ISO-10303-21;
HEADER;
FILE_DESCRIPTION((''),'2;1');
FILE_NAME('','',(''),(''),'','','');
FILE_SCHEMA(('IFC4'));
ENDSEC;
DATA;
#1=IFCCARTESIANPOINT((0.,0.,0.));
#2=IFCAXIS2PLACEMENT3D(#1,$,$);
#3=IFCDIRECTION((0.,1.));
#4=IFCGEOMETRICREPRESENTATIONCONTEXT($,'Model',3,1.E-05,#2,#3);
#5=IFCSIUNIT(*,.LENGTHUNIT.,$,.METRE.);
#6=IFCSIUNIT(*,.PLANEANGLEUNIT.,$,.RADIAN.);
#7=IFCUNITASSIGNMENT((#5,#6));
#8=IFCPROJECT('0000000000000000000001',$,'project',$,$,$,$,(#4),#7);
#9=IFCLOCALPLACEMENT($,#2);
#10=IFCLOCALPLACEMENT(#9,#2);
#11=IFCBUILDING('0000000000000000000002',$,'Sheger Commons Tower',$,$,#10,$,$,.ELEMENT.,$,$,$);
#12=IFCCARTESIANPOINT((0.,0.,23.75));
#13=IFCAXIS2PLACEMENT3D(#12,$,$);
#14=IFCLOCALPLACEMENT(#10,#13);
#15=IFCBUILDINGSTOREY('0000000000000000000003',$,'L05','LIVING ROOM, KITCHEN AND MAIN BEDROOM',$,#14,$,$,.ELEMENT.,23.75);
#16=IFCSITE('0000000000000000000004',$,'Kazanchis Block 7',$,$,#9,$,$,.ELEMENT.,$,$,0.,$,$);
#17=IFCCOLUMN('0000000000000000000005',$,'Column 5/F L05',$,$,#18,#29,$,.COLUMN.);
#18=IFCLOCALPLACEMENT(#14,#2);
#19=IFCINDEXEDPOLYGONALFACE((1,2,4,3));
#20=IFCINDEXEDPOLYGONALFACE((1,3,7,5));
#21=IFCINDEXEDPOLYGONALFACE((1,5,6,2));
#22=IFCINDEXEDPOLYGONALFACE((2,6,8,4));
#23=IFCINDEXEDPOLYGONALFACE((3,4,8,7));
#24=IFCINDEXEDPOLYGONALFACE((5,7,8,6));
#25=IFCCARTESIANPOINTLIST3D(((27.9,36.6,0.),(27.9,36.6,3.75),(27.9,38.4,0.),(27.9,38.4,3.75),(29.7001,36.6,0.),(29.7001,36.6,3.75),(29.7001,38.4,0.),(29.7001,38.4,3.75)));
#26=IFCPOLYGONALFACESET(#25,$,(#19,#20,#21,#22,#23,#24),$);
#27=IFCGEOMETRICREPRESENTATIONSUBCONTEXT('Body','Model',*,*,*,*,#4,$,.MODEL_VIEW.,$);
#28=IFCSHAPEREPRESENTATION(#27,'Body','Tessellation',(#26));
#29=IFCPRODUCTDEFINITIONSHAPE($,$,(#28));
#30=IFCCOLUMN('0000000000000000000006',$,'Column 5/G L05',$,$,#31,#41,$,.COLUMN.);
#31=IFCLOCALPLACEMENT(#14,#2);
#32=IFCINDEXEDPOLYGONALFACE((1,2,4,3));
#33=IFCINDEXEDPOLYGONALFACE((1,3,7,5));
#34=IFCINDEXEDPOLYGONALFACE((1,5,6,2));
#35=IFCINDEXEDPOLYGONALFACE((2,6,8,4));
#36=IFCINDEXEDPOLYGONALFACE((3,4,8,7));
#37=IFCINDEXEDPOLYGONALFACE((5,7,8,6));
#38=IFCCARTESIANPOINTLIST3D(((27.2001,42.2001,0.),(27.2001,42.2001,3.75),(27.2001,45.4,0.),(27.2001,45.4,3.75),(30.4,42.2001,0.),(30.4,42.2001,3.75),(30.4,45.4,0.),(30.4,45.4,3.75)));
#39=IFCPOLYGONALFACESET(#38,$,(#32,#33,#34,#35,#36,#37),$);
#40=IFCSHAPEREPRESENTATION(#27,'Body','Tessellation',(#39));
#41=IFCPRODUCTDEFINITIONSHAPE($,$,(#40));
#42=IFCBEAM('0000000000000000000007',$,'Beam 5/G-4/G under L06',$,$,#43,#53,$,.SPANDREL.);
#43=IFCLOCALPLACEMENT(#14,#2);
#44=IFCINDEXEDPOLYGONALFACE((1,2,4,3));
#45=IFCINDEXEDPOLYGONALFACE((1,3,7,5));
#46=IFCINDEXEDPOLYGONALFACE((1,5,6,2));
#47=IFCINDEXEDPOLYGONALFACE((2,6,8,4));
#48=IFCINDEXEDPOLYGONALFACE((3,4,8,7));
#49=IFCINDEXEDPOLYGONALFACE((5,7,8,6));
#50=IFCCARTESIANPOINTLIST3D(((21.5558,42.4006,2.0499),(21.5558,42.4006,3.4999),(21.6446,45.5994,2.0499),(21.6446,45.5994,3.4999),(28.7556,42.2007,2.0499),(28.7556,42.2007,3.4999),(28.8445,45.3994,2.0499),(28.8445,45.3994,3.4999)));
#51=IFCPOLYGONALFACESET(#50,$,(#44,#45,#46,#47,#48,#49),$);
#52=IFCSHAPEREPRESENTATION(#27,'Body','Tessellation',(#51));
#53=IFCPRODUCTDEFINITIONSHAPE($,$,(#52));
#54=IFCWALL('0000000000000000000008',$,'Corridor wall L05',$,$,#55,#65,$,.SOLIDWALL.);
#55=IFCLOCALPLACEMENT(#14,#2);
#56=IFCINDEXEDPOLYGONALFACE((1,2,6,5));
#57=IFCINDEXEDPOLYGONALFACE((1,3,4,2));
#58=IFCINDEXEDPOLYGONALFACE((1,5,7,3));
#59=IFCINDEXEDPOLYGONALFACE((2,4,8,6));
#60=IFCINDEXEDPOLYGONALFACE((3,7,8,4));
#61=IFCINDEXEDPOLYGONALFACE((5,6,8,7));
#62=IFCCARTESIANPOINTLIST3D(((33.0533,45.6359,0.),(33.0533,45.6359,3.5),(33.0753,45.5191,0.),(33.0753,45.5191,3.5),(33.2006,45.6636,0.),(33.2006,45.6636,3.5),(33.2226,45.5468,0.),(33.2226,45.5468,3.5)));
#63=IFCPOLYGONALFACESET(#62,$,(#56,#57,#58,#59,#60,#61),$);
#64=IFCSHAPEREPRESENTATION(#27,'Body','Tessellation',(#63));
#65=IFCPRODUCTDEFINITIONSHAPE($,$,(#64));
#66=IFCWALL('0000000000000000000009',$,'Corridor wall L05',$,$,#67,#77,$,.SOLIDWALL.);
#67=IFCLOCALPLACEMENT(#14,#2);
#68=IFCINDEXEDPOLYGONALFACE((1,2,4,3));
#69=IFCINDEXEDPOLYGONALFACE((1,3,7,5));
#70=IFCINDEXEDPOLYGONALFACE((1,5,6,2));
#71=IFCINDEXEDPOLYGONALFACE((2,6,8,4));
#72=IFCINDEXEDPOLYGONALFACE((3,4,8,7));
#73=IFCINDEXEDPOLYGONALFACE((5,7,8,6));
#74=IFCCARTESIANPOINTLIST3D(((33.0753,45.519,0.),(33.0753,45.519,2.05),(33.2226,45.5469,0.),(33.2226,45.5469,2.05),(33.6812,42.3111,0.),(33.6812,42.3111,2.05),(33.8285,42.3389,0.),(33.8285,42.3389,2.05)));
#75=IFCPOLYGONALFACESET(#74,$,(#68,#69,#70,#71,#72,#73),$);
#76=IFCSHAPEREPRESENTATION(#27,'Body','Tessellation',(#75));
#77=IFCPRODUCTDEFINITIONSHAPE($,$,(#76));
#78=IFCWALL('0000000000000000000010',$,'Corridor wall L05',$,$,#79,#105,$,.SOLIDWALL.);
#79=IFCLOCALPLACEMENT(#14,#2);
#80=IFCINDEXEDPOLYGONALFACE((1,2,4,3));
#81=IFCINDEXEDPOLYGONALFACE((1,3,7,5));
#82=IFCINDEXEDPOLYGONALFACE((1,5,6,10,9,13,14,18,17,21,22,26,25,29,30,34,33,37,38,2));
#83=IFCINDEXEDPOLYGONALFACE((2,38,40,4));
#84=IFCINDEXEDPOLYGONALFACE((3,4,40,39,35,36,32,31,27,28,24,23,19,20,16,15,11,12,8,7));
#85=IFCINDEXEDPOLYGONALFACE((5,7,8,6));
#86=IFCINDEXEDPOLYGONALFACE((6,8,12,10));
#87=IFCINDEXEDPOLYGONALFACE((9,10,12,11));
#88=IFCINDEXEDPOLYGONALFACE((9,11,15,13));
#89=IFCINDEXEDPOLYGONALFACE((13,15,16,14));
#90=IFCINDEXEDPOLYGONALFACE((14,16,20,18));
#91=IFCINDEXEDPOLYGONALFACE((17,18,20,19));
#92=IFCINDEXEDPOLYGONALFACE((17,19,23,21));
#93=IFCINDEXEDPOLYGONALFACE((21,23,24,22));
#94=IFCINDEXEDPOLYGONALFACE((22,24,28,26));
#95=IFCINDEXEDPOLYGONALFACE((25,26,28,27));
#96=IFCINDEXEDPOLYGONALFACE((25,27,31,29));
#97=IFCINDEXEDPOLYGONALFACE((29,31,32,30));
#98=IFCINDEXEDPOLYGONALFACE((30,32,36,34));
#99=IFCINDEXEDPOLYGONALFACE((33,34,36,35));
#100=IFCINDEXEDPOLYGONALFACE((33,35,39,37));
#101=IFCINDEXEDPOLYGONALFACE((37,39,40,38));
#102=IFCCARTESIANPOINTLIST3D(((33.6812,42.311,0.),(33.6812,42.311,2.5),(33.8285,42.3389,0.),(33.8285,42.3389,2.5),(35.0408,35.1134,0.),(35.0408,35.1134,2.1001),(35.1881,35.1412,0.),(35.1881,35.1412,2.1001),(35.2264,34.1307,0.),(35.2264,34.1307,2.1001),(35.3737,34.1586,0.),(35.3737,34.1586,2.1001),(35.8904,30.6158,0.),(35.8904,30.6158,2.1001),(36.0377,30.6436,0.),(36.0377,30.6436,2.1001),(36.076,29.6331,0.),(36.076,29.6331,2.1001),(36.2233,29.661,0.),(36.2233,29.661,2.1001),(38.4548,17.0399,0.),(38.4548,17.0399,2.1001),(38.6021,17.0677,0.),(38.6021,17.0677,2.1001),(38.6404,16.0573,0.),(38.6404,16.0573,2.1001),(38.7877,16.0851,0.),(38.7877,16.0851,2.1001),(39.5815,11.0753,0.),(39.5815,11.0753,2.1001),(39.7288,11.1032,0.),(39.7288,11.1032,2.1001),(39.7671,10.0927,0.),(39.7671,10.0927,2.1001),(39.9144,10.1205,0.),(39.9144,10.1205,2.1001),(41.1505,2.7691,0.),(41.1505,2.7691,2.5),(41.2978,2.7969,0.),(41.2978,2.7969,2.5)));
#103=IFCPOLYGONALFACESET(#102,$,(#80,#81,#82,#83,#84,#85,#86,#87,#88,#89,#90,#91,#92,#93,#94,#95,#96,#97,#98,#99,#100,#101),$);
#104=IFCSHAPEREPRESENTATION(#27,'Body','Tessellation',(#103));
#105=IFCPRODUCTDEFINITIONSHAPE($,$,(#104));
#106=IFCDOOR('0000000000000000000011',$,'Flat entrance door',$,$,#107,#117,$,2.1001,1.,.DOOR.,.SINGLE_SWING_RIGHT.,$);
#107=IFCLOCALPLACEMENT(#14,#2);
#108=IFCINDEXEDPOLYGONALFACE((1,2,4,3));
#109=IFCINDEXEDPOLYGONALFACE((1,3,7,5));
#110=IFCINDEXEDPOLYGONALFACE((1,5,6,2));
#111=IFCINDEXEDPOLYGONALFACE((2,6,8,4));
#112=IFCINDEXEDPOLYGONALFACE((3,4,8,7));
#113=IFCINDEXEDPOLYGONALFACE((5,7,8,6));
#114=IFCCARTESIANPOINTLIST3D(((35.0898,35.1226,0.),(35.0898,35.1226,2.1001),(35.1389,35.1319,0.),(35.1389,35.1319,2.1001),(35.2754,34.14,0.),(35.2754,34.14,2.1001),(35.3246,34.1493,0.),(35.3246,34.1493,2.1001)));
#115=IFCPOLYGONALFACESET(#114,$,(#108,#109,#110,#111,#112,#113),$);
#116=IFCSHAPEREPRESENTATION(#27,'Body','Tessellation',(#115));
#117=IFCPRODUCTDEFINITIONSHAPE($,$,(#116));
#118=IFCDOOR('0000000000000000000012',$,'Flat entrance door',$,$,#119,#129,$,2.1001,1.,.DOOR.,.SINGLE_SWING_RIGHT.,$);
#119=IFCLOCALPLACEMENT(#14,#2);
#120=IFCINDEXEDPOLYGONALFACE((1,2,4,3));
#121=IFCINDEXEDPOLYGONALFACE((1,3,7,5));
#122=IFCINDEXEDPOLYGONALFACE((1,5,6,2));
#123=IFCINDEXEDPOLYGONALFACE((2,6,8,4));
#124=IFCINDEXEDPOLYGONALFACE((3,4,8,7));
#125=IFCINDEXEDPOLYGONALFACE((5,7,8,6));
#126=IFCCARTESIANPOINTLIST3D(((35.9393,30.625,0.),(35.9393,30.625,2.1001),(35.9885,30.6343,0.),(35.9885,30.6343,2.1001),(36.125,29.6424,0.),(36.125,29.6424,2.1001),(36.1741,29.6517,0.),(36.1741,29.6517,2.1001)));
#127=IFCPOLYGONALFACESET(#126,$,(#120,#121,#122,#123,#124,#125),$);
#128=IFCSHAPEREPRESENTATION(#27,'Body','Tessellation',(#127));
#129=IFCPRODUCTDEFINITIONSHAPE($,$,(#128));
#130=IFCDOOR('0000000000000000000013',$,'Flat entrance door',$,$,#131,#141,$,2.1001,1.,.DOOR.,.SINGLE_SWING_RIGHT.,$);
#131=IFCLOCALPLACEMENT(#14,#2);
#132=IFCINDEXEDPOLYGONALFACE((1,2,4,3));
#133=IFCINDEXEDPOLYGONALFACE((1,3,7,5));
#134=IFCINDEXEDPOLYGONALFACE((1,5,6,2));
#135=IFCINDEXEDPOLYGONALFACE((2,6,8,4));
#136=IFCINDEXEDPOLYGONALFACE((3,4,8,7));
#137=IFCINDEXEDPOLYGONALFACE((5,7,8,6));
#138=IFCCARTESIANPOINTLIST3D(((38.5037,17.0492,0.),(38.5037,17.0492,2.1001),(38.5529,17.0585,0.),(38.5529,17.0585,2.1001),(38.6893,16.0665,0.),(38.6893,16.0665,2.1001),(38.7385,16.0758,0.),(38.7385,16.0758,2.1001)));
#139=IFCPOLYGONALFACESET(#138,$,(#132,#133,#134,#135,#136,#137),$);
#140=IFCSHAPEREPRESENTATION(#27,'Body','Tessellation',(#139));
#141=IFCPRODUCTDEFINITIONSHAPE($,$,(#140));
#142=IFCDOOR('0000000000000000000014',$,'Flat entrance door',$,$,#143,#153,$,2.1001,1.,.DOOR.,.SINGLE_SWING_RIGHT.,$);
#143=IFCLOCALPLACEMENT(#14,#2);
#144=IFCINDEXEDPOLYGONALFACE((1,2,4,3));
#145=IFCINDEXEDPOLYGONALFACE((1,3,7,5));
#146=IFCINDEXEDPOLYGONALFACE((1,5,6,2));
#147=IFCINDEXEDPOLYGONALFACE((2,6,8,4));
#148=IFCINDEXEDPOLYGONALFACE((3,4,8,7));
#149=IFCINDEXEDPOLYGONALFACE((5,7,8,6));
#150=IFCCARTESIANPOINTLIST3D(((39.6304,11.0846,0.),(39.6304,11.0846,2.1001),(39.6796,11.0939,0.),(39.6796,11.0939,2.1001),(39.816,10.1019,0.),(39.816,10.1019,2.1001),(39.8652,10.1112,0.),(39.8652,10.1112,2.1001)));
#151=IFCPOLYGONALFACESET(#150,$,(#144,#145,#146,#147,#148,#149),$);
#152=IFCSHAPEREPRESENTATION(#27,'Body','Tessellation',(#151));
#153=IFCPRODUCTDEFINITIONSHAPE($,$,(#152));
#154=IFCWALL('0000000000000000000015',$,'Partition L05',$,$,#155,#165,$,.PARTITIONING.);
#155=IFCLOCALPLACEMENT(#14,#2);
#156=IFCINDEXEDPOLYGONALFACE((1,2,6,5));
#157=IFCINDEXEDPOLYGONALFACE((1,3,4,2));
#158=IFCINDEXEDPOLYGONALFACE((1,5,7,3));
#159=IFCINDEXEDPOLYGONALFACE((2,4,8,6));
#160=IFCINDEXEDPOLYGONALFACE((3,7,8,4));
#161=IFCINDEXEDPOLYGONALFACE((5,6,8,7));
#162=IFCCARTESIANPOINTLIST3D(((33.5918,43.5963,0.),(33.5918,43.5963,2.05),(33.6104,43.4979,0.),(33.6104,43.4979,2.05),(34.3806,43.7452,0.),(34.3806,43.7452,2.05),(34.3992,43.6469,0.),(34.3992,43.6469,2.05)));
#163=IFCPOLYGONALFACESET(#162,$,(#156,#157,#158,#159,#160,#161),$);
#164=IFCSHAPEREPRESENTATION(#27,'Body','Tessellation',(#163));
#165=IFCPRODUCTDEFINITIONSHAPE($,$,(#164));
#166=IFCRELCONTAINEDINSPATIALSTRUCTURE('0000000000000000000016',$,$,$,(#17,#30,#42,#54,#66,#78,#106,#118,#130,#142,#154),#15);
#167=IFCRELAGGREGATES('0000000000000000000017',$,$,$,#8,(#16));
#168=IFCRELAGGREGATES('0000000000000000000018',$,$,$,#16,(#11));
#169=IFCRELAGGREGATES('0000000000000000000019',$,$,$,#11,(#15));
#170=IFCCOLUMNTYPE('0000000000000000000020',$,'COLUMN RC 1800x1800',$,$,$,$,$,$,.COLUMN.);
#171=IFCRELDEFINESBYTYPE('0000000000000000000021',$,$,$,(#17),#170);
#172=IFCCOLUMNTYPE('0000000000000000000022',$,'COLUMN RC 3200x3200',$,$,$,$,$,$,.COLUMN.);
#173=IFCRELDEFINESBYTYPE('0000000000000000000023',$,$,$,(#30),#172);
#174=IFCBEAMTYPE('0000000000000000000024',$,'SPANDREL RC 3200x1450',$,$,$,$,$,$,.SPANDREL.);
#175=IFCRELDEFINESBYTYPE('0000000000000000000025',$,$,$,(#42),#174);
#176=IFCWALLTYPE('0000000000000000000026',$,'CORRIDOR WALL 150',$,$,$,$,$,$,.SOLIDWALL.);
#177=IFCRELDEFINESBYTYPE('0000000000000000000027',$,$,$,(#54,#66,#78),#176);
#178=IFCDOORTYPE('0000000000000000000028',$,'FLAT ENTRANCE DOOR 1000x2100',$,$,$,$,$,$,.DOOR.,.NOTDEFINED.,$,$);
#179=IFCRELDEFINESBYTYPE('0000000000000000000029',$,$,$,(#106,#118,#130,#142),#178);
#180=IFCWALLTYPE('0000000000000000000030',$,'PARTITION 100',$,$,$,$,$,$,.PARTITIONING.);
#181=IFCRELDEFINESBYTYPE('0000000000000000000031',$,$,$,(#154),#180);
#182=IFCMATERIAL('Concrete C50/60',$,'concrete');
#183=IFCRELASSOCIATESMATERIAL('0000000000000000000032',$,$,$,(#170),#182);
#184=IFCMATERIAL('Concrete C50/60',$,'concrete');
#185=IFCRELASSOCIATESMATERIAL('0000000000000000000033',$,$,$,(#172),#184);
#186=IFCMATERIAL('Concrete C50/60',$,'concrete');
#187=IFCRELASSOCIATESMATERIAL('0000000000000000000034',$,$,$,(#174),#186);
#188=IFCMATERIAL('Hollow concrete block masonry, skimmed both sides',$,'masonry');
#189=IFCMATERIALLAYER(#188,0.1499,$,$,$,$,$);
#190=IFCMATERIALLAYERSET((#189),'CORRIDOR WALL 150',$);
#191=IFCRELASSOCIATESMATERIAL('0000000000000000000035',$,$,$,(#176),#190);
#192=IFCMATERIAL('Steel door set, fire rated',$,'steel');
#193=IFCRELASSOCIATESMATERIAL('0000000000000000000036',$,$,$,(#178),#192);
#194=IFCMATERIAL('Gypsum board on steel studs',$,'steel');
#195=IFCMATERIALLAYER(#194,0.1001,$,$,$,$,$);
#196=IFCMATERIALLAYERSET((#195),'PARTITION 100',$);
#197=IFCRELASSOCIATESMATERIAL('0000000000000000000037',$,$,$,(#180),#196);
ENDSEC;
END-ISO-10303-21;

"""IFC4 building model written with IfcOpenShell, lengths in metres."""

from ifc_helpers import new_model, si_unit, direction, frame, frame_2d, origin, origin_2d, place, context, subcontext, project, spatial, rectangle, extrude, material, layer, layer_set, material_profile, profile_set, type_object, element, fill, save


model = new_model("IFC4")

# Units and contexts
model_context = context("Model", 3, precision=1e-05, world=origin(), true_north=direction((0.0, 1.0)))
body_context = subcontext(model_context, "Body", "Model", "MODEL_VIEW")
ifc_project = project(units=[si_unit("LENGTHUNIT", "METRE"), si_unit("PLANEANGLEUNIT", "RADIAN")], contexts=[model_context])

# Site, building, storey
site_placement = place(None, origin())
site = spatial("IfcSite", under=ifc_project, at=site_placement, Name="Kazanchis Block 7", CompositionType="ELEMENT", RefElevation=0.0)
building_placement = place(site_placement, origin())
building = spatial("IfcBuilding", under=site, at=building_placement, Name="Sheger Commons Tower", CompositionType="ELEMENT")
storey_placement = place(building_placement, frame((0.0, 0.0, 23.75)))
storey = spatial("IfcBuildingStorey", under=building, at=storey_placement, Name="L05", Description="LIVING ROOM, KITCHEN AND MAIN BEDROOM", CompositionType="ELEMENT", Elevation=23.75)

# Columns
ifc_material_1 = material(Name="Concrete C50/60", Category="concrete")
ifc_material_profile_1 = material_profile(ifc_material_1, rectangle(XDim=1.8, YDim=1.8, at=origin_2d()), Name="RC 1800x1800")
ifc_profile_set_1 = profile_set([ifc_material_profile_1], Name="Concrete C50/60")
column_type_1 = type_object("IfcColumnType", Name="COLUMN RC 1800x1800", PredefinedType="COLUMN", material=ifc_profile_set_1)
column_1_placement = place(storey_placement, frame((28.8, 37.5, 0.0), z_axis=(0.0, 0.0, 1.0), x_axis=(1.0, 0.0, 0.0)))
element("IfcColumn", 1, at=column_1_placement, inside=storey, type_object=column_type_1, Name="Column 5/F L05", PredefinedType="COLUMN", context=body_context, shape_type="SweptSolid", body=[
    extrude(rectangle(XDim=1.8, YDim=1.8, at=origin_2d()), origin(), (0.0, 0.0, 1.0), 3.75),
])
ifc_material_2 = material(Name="Concrete C50/60", Category="concrete")
ifc_material_profile_2 = material_profile(ifc_material_2, rectangle(XDim=3.2, YDim=3.2, at=origin_2d()), Name="RC 3200x3200")
ifc_profile_set_2 = profile_set([ifc_material_profile_2], Name="Concrete C50/60")
column_type_2 = type_object("IfcColumnType", Name="COLUMN RC 3200x3200", PredefinedType="COLUMN", material=ifc_profile_set_2)
column_2_placement = place(storey_placement, frame((28.8, 43.8, 0.0), z_axis=(0.0, 0.0, 1.0), x_axis=(1.0, 0.0, 0.0)))
element("IfcColumn", 2, at=column_2_placement, inside=storey, type_object=column_type_2, Name="Column 5/G L05", PredefinedType="COLUMN", context=body_context, shape_type="SweptSolid", body=[
    extrude(rectangle(XDim=3.2, YDim=3.2, at=origin_2d()), origin(), (0.0, 0.0, 1.0), 3.75),
])

# Beam
ifc_material_3 = material(Name="Concrete C50/60", Category="concrete")
ifc_material_profile_3 = material_profile(ifc_material_3, rectangle(XDim=3.2, YDim=1.45, at=origin_2d()), Name="RC 3200x1450")
ifc_profile_set_3 = profile_set([ifc_material_profile_3], Name="Concrete C50/60")
beam_type = type_object("IfcBeamType", Name="SPANDREL RC 3200x1450", PredefinedType="SPANDREL", material=ifc_profile_set_3)
beam_placement = place(storey_placement, frame((28.8, 43.8, 2.7749), z_axis=(-0.999615, 0.02776, 0.0), x_axis=(-0.02776, -0.999615, 0.0)))
element("IfcBeam", 3, at=beam_placement, inside=storey, type_object=beam_type, Name="Beam 5/G-4/G under L06", PredefinedType="SPANDREL", context=body_context, shape_type="SweptSolid", body=[
    extrude(rectangle(XDim=3.2, YDim=1.45, at=origin_2d()), origin(), (0.0, 0.0, 1.0), 7.2026),
])

# Walls
ifc_material_4 = material(Name="Hollow concrete block masonry, skimmed both sides", Category="masonry")
ifc_layer_1 = layer(ifc_material_4, 0.1499)
ifc_layer_set_1 = layer_set([ifc_layer_1], Name="CORRIDOR WALL 150")
wall_type_1 = type_object("IfcWallType", Name="CORRIDOR WALL 150", PredefinedType="SOLIDWALL", material=ifc_layer_set_1)
wall_1_placement = place(storey_placement, frame((33.127, 45.6499, 0.0), z_axis=(0.0, 0.0, 1.0), x_axis=(0.18466, -0.982802, 0.0)))
element("IfcWall", 4, at=wall_1_placement, inside=storey, type_object=wall_type_1, Name="Corridor wall L05", PredefinedType="SOLIDWALL", context=body_context, shape_type="SweptSolid", body=[
    extrude(rectangle(XDim=0.1189, YDim=0.1499, at=frame_2d((0.0596, 0.0))), origin(), (0.0, 0.0, 1.0), 3.5),
])
wall_2_placement = place(storey_placement, frame((33.1489, 45.533, 0.0), z_axis=(0.0, 0.0, 1.0), x_axis=(0.185607, -0.982624, 0.0)))
element("IfcWall", 5, at=wall_2_placement, inside=storey, type_object=wall_type_1, Name="Corridor wall L05", PredefinedType="SOLIDWALL", context=body_context, shape_type="SweptSolid", body=[
    extrude(rectangle(XDim=3.2646, YDim=0.1499, at=frame_2d((1.6323, 0.0))), origin(), (0.0, 0.0, 1.0), 2.05),
])

# Wall, openings, doors
wall_3_placement = place(storey_placement, frame((33.7549, 42.325, 0.0), z_axis=(0.0, 0.0, 1.0), x_axis=(0.185611, -0.982623, 0.0)))
wall_3 = element("IfcWall", 6, at=wall_3_placement, inside=storey, type_object=wall_type_1, Name="Corridor wall L05", PredefinedType="SOLIDWALL", context=body_context, shape_type="SweptSolid", body=[
    extrude(rectangle(XDim=40.2412, YDim=0.1499, at=frame_2d((20.1206, 0.0))), origin(), (0.0, 0.0, 1.0), 2.5),
])
opening_1_placement = place(wall_3_placement, frame((7.325, 0.0, 0.0)))
opening_1 = element("IfcOpeningElement", 7, at=opening_1_placement, cuts=wall_3, PredefinedType="OPENING", context=body_context, shape_type="SweptSolid", body=[
    extrude(rectangle(XDim=1.0, YDim=2.1001, at=frame_2d((0.5, 1.05))), frame((0.0, 0.085, 0.0), z_axis=(0.0, -1.0, 0.0), x_axis=(1.0, 0.0, 0.0)), (0.0, 0.0, 1.0), 0.1699),
])
opening_2_placement = place(wall_3_placement, frame((11.9021, 0.0, 0.0)))
opening_2 = element("IfcOpeningElement", 8, at=opening_2_placement, cuts=wall_3, PredefinedType="OPENING", context=body_context, shape_type="SweptSolid", body=[
    extrude(rectangle(XDim=1.0, YDim=2.1001, at=frame_2d((0.5, 1.05))), frame((0.0, 0.085, 0.0), z_axis=(0.0, -1.0, 0.0), x_axis=(1.0, 0.0, 0.0)), (0.0, 0.0, 1.0), 0.1699),
])
opening_3_placement = place(wall_3_placement, frame((25.718, 0.0, 0.0)))
opening_3 = element("IfcOpeningElement", 9, at=opening_3_placement, cuts=wall_3, PredefinedType="OPENING", context=body_context, shape_type="SweptSolid", body=[
    extrude(rectangle(XDim=1.0, YDim=2.1001, at=frame_2d((0.5, 1.05))), frame((0.0, 0.085, 0.0), z_axis=(0.0, -1.0, 0.0), x_axis=(1.0, 0.0, 0.0)), (0.0, 0.0, 1.0), 0.1699),
])
opening_4_placement = place(wall_3_placement, frame((31.7881, 0.0, 0.0)))
opening_4 = element("IfcOpeningElement", 10, at=opening_4_placement, cuts=wall_3, PredefinedType="OPENING", context=body_context, shape_type="SweptSolid", body=[
    extrude(rectangle(XDim=1.0, YDim=2.1001, at=frame_2d((0.5, 1.05))), frame((0.0, 0.085, 0.0), z_axis=(0.0, -1.0, 0.0), x_axis=(1.0, 0.0, 0.0)), (0.0, 0.0, 1.0), 0.1699),
])
ifc_material_5 = material(Name="Steel door set, fire rated", Category="steel")
door_type = type_object("IfcDoorType", Name="FLAT ENTRANCE DOOR 1000x2100", OperationType="NOTDEFINED", PredefinedType="DOOR", material=ifc_material_5)
door_1_placement = place(opening_1_placement, origin())
door_1 = element("IfcDoor", 11, at=door_1_placement, inside=storey, type_object=door_type, Name="Flat entrance door", OperationType="SINGLE_SWING_RIGHT", OverallHeight=2.1001, OverallWidth=1.0, PredefinedType="DOOR", context=body_context, shape_type="SweptSolid", body=[
    extrude(rectangle(XDim=1.0, YDim=2.1001, at=frame_2d((0.5, 1.05))), frame((0.0, 0.0249, 0.0), z_axis=(0.0, -1.0, 0.0), x_axis=(1.0, 0.0, 0.0)), (0.0, 0.0, 1.0), 0.05),
])
fill(opening_1, door_1)
door_2_placement = place(opening_2_placement, origin())
door_2 = element("IfcDoor", 12, at=door_2_placement, inside=storey, type_object=door_type, Name="Flat entrance door", OperationType="SINGLE_SWING_RIGHT", OverallHeight=2.1001, OverallWidth=1.0, PredefinedType="DOOR", context=body_context, shape_type="SweptSolid", body=[
    extrude(rectangle(XDim=1.0, YDim=2.1001, at=frame_2d((0.5, 1.05))), frame((0.0, 0.0249, 0.0), z_axis=(0.0, -1.0, 0.0), x_axis=(1.0, 0.0, 0.0)), (0.0, 0.0, 1.0), 0.05),
])
fill(opening_2, door_2)
door_3_placement = place(opening_3_placement, origin())
door_3 = element("IfcDoor", 13, at=door_3_placement, inside=storey, type_object=door_type, Name="Flat entrance door", OperationType="SINGLE_SWING_RIGHT", OverallHeight=2.1001, OverallWidth=1.0, PredefinedType="DOOR", context=body_context, shape_type="SweptSolid", body=[
    extrude(rectangle(XDim=1.0, YDim=2.1001, at=frame_2d((0.5, 1.05))), frame((0.0, 0.0249, 0.0), z_axis=(0.0, -1.0, 0.0), x_axis=(1.0, 0.0, 0.0)), (0.0, 0.0, 1.0), 0.05),
])
fill(opening_3, door_3)
door_4_placement = place(opening_4_placement, origin())
door_4 = element("IfcDoor", 14, at=door_4_placement, inside=storey, type_object=door_type, Name="Flat entrance door", OperationType="SINGLE_SWING_RIGHT", OverallHeight=2.1001, OverallWidth=1.0, PredefinedType="DOOR", context=body_context, shape_type="SweptSolid", body=[
    extrude(rectangle(XDim=1.0, YDim=2.1001, at=frame_2d((0.5, 1.05))), frame((0.0, 0.0249, 0.0), z_axis=(0.0, -1.0, 0.0), x_axis=(1.0, 0.0, 0.0)), (0.0, 0.0, 1.0), 0.05),
])
fill(opening_4, door_4)

# Wall
ifc_material_6 = material(Name="Gypsum board on steel studs", Category="steel")
ifc_layer_2 = layer(ifc_material_6, 0.1001)
ifc_layer_set_2 = layer_set([ifc_layer_2], Name="PARTITION 100")
wall_type_2 = type_object("IfcWallType", Name="PARTITION 100", PredefinedType="PARTITIONING", material=ifc_layer_set_2)
wall_4_placement = place(storey_placement, frame((34.3899, 43.696, 0.0), z_axis=(0.0, 0.0, 1.0), x_axis=(-0.982641, -0.185519, 0.0)))
element("IfcWall", 15, at=wall_4_placement, inside=storey, type_object=wall_type_2, Name="Partition L05", PredefinedType="PARTITIONING", context=body_context, shape_type="SweptSolid", body=[
    extrude(rectangle(XDim=0.8027, YDim=0.1001, at=frame_2d((0.4014, 0.0))), origin(), (0.0, 0.0, 1.0), 2.05),
])

save(model, "model.ifc")
